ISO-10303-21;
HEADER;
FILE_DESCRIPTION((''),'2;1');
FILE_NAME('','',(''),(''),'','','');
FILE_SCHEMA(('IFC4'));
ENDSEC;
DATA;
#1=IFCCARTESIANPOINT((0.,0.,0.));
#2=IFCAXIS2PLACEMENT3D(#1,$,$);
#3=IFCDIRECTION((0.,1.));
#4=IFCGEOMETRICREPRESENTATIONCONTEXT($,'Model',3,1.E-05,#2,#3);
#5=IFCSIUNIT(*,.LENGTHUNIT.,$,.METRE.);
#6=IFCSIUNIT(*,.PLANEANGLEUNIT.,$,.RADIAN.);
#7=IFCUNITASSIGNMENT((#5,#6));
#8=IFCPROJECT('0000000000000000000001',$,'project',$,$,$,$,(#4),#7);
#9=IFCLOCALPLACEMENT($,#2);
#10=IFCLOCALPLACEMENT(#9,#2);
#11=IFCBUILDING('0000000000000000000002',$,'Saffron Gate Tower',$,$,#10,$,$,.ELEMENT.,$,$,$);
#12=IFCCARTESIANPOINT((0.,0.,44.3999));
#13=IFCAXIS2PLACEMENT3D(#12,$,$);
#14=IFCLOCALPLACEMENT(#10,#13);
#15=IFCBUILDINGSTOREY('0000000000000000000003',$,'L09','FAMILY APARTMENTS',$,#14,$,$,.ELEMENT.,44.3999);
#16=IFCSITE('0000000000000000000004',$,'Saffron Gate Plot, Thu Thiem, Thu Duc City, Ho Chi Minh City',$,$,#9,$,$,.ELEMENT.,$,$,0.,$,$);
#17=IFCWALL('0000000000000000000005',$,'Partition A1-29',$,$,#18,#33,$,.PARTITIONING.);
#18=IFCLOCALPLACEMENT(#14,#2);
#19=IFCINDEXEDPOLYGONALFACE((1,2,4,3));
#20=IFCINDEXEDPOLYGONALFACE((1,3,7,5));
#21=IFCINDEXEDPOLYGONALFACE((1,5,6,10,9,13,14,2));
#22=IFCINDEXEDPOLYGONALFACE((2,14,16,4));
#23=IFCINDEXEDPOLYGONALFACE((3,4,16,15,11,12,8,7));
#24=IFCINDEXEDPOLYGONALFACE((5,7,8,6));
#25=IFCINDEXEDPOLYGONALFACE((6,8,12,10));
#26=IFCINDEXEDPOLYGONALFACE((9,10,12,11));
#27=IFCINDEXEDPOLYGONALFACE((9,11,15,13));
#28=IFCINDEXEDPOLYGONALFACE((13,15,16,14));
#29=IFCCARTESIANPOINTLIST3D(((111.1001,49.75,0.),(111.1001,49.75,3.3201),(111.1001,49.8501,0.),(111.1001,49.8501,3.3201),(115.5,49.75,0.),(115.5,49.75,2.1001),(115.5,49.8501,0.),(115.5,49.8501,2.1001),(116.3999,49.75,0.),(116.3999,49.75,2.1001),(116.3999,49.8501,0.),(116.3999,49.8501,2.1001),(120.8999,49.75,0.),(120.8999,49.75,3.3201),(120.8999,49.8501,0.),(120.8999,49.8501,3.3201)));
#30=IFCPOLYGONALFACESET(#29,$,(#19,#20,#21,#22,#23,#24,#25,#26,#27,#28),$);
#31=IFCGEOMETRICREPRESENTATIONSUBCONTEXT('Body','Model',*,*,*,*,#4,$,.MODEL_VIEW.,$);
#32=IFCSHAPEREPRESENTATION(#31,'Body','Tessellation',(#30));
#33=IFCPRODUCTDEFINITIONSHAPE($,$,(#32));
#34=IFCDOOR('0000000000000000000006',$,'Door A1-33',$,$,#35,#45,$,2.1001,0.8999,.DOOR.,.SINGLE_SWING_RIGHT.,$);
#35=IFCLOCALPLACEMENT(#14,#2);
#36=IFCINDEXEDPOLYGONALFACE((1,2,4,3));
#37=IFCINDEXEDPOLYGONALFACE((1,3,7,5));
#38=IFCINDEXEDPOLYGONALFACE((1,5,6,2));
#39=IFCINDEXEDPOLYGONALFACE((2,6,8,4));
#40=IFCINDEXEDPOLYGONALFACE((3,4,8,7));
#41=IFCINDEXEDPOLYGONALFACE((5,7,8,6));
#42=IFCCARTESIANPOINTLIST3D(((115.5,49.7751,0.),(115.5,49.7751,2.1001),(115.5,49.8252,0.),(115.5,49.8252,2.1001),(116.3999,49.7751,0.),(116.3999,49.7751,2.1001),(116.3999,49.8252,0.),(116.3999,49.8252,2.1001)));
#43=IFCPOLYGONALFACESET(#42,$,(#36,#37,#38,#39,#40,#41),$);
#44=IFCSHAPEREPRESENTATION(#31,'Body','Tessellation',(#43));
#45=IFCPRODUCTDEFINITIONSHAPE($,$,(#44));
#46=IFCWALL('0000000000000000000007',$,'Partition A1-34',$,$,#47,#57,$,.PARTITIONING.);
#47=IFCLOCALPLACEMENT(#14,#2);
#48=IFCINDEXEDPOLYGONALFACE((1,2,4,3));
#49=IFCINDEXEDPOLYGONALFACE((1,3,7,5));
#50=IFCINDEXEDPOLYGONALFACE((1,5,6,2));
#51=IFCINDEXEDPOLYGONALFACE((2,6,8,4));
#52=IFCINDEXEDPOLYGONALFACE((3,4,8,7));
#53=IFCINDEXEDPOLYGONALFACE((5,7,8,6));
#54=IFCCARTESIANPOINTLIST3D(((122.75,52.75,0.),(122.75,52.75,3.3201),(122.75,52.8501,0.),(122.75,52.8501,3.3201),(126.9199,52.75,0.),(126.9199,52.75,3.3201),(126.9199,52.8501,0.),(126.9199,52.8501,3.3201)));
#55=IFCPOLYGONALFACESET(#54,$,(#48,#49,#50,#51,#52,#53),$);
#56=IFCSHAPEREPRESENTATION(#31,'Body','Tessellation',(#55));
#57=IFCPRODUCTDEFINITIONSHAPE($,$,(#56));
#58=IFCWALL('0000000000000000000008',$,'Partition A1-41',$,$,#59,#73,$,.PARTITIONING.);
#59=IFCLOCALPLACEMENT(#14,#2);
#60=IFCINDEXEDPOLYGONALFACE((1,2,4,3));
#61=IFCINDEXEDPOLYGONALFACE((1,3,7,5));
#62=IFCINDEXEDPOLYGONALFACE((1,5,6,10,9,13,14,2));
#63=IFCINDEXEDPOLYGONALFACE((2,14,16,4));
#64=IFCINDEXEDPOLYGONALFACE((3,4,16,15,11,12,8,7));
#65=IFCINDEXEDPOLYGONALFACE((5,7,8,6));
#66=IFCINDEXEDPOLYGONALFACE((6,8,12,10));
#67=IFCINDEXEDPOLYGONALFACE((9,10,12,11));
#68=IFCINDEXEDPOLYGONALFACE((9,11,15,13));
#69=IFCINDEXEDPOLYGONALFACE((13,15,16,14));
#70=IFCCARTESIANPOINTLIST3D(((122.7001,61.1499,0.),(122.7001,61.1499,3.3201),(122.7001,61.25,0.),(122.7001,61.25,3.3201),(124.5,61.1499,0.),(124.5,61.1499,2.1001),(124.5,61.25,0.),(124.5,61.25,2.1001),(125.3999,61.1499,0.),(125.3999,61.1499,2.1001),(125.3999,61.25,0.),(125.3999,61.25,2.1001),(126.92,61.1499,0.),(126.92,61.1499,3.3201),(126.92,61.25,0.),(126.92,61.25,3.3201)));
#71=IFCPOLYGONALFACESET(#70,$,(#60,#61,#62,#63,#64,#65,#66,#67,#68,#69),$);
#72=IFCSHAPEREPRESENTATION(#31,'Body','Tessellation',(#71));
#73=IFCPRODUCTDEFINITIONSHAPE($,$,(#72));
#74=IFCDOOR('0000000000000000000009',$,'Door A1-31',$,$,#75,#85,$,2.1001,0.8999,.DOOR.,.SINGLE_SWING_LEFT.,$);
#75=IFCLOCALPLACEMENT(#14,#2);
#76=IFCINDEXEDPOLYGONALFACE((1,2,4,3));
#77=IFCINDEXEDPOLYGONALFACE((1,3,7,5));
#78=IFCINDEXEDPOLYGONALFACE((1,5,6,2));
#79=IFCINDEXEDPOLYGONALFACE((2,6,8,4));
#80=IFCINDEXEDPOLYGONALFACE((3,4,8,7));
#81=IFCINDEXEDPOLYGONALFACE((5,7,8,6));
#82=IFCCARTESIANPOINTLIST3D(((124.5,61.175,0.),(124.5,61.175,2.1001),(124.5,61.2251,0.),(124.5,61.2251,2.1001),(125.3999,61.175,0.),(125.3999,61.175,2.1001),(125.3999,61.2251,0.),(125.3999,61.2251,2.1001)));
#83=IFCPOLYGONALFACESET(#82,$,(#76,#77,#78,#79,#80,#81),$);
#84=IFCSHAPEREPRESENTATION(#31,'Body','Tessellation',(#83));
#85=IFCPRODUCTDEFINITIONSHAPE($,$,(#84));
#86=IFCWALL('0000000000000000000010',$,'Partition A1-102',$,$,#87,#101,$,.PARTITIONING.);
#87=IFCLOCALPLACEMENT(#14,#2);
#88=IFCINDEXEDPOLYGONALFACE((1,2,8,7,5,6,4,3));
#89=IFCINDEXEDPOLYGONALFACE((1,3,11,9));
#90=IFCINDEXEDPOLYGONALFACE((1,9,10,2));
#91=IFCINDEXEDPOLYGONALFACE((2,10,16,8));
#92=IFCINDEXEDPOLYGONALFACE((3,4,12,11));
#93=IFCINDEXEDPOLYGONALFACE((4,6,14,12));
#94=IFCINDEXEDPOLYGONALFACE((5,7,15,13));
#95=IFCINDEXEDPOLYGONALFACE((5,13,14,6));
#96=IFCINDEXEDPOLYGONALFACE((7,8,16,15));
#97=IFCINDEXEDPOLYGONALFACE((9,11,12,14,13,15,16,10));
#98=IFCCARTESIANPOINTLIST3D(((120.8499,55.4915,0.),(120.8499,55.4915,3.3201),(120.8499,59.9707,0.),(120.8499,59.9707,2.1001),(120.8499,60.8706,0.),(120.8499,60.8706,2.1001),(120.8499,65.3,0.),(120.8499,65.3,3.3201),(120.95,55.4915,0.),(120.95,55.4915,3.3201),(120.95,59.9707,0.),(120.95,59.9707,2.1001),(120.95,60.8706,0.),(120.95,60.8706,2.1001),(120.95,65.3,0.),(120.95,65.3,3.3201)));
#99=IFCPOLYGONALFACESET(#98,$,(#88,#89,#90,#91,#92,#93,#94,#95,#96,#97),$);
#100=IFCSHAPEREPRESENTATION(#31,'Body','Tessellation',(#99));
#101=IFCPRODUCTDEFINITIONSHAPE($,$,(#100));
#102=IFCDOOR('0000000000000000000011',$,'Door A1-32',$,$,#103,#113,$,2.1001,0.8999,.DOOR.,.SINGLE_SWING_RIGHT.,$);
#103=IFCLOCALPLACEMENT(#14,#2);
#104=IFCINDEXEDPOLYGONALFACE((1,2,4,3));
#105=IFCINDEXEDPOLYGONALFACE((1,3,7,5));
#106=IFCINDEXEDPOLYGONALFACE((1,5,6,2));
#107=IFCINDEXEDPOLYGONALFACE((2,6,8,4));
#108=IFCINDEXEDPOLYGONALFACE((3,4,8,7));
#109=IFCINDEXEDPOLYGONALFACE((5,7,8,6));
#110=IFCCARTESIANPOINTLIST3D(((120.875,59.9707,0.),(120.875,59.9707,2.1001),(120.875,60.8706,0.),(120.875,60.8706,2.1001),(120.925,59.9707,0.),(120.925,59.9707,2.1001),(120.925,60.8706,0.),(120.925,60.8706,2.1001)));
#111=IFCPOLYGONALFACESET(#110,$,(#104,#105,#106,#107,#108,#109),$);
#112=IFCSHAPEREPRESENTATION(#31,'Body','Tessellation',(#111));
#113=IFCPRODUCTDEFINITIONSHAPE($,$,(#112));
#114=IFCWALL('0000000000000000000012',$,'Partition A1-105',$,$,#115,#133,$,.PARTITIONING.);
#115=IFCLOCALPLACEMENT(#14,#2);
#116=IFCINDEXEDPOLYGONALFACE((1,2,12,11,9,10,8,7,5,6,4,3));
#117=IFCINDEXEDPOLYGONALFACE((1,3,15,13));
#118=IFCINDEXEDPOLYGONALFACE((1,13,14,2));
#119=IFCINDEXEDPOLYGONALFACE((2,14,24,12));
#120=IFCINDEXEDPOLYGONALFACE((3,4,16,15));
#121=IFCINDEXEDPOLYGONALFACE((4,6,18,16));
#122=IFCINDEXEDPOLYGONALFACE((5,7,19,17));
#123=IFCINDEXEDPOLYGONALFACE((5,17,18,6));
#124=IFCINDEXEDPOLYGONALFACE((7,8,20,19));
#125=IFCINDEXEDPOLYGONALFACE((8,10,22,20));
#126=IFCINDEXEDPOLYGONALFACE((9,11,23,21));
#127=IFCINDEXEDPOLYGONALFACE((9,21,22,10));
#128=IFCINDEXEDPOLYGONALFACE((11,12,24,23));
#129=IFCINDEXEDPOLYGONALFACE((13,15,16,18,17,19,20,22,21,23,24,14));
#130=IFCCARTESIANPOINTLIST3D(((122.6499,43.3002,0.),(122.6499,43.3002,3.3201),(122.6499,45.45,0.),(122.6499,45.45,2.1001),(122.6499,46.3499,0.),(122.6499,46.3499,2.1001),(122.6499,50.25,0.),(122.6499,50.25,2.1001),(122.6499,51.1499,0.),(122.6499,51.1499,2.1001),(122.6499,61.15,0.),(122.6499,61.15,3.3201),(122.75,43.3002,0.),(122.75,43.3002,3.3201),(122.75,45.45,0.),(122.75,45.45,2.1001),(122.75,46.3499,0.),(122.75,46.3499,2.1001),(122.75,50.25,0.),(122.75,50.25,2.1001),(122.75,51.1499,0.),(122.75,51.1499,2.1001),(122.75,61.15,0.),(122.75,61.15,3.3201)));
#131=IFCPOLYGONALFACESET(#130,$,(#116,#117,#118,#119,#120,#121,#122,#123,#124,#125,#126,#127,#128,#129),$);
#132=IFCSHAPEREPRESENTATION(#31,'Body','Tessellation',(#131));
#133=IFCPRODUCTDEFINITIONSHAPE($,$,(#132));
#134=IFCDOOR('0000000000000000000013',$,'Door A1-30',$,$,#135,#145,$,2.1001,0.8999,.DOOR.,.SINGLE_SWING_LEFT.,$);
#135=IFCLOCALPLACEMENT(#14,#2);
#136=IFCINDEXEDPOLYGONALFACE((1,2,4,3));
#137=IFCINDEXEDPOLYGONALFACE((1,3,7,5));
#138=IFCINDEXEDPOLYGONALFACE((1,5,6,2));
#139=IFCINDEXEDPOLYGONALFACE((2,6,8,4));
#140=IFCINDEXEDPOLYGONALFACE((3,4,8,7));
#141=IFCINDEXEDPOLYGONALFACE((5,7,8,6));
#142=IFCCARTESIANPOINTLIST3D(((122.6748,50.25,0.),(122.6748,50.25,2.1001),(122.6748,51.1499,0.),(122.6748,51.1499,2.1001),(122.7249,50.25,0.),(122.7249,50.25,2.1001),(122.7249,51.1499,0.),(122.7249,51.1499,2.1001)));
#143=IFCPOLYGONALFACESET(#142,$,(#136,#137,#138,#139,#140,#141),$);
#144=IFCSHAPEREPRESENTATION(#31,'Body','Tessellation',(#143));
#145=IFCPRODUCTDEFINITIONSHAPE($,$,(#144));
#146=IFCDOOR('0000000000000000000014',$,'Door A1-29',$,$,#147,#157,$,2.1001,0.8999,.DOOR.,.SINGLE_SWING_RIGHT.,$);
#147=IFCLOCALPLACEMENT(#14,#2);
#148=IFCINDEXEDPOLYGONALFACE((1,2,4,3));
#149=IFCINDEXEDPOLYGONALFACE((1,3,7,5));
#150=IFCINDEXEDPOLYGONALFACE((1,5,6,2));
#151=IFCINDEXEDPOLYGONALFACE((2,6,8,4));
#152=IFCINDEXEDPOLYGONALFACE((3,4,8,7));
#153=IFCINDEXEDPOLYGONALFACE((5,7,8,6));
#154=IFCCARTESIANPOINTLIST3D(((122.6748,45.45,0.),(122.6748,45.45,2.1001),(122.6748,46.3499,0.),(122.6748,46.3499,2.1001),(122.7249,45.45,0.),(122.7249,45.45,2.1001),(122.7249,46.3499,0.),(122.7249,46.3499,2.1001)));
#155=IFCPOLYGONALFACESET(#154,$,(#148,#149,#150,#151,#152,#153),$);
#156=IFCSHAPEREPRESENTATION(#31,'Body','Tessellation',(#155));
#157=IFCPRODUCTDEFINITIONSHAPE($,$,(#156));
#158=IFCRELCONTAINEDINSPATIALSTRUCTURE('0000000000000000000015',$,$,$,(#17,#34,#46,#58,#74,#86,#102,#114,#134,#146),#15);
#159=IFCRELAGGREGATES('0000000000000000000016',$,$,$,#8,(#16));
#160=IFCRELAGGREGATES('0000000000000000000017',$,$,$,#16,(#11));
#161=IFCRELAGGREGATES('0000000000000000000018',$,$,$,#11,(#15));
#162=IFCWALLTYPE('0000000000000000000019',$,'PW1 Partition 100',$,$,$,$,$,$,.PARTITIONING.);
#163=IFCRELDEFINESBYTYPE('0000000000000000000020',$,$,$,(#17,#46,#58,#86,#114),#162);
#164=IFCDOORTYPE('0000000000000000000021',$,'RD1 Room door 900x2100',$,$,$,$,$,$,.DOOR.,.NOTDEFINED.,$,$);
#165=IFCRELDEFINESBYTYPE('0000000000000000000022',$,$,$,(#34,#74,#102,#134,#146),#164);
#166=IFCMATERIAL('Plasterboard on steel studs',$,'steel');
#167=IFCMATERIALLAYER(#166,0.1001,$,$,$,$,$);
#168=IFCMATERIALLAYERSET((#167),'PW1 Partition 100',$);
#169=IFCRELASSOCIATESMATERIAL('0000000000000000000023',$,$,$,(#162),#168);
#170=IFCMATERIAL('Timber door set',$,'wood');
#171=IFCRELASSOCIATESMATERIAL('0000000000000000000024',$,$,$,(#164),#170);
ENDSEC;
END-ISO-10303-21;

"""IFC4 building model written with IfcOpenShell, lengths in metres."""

from ifc_helpers import new_model, si_unit, direction, frame, frame_2d, origin, place, context, subcontext, project, spatial, rectangle, extrude, material, layer, layer_set, type_object, element, fill, save


model = new_model("IFC4")

# Units and contexts
model_context = context("Model", 3, precision=1e-05, world=origin(), true_north=direction((0.0, 1.0)))
body_context = subcontext(model_context, "Body", "Model", "MODEL_VIEW")
ifc_project = project(units=[si_unit("LENGTHUNIT", "METRE"), si_unit("PLANEANGLEUNIT", "RADIAN")], contexts=[model_context])

# Site, building, storey
site_placement = place(None, origin())
site = spatial("IfcSite", under=ifc_project, at=site_placement, Name="Saffron Gate Plot, Thu Thiem, Thu Duc City, Ho Chi Minh City", CompositionType="ELEMENT", RefElevation=0.0)
building_placement = place(site_placement, origin())
building = spatial("IfcBuilding", under=site, at=building_placement, Name="Saffron Gate Tower", CompositionType="ELEMENT")
storey_placement = place(building_placement, frame((0.0, 0.0, 44.3999)))
storey = spatial("IfcBuildingStorey", under=building, at=storey_placement, Name="L09", Description="FAMILY APARTMENTS", CompositionType="ELEMENT", Elevation=44.3999)

# Shared definitions
ifc_material_1 = material(Name="Plasterboard on steel studs", Category="steel")
ifc_layer = layer(ifc_material_1, 0.1001)
ifc_layer_set = layer_set([ifc_layer], Name="PW1 Partition 100")
wall_type = type_object("IfcWallType", Name="PW1 Partition 100", PredefinedType="PARTITIONING", material=ifc_layer_set)

# Wall, opening, door
wall_1_placement = place(storey_placement, frame((120.8999, 49.8, 0.0), z_axis=(0.0, 0.0, 1.0), x_axis=(-1.0, 0.0, 0.0)))
wall_1 = element("IfcWall", 1, at=wall_1_placement, inside=storey, type_object=wall_type, Name="Partition A1-29", PredefinedType="PARTITIONING", context=body_context, shape_type="SweptSolid", body=[
    extrude(rectangle(XDim=9.7998, YDim=0.1001, at=frame_2d((4.8999, 0.0))), origin(), (0.0, 0.0, 1.0), 3.3201),
])
opening_1_placement = place(wall_1_placement, frame((4.5, 0.0, 0.0)))
opening_1 = element("IfcOpeningElement", 2, at=opening_1_placement, cuts=wall_1, PredefinedType="OPENING", context=body_context, shape_type="SweptSolid", body=[
    extrude(rectangle(XDim=0.8999, YDim=2.1001, at=frame_2d((0.45, 1.05))), frame((0.0, 0.0601, 0.0), z_axis=(0.0, -1.0, 0.0), x_axis=(1.0, 0.0, 0.0)), (0.0, 0.0, 1.0), 0.1201),
])
ifc_material_2 = material(Name="Timber door set", Category="wood")
door_type = type_object("IfcDoorType", Name="RD1 Room door 900x2100", OperationType="NOTDEFINED", PredefinedType="DOOR", material=ifc_material_2)
door_1_placement = place(opening_1_placement, origin())
door_1 = element("IfcDoor", 3, at=door_1_placement, inside=storey, type_object=door_type, Name="Door A1-33", OperationType="SINGLE_SWING_RIGHT", OverallHeight=2.1001, OverallWidth=0.8999, PredefinedType="DOOR", context=body_context, shape_type="SweptSolid", body=[
    extrude(rectangle(XDim=0.8999, YDim=2.1001, at=frame_2d((0.45, 1.05))), frame((0.0, 0.0249, 0.0), z_axis=(0.0, -1.0, 0.0), x_axis=(1.0, 0.0, 0.0)), (0.0, 0.0, 1.0), 0.05),
])
fill(opening_1, door_1)

# Wall
wall_2_placement = place(storey_placement, frame((122.75, 52.8, 0.0), z_axis=(0.0, 0.0, 1.0), x_axis=(1.0, 0.0, 0.0)))
element("IfcWall", 4, at=wall_2_placement, inside=storey, type_object=wall_type, Name="Partition A1-34", PredefinedType="PARTITIONING", context=body_context, shape_type="SweptSolid", body=[
    extrude(rectangle(XDim=4.1699, YDim=0.1001, at=frame_2d((2.085, 0.0))), origin(), (0.0, 0.0, 1.0), 3.3201),
])

# Walls, openings, doors
wall_3_placement = place(storey_placement, frame((126.9199, 61.2, 0.0), z_axis=(0.0, 0.0, 1.0), x_axis=(-1.0, 0.0, 0.0)))
wall_3 = element("IfcWall", 5, at=wall_3_placement, inside=storey, type_object=wall_type, Name="Partition A1-41", PredefinedType="PARTITIONING", context=body_context, shape_type="SweptSolid", body=[
    extrude(rectangle(XDim=4.22, YDim=0.1001, at=frame_2d((2.1099, 0.0))), origin(), (0.0, 0.0, 1.0), 3.3201),
])
opening_2_placement = place(wall_3_placement, frame((1.52, 0.0, 0.0)))
opening_2 = element("IfcOpeningElement", 6, at=opening_2_placement, cuts=wall_3, PredefinedType="OPENING", context=body_context, shape_type="SweptSolid", body=[
    extrude(rectangle(XDim=0.8999, YDim=2.1001, at=frame_2d((0.45, 1.05))), frame((0.0, 0.0601, 0.0), z_axis=(0.0, -1.0, 0.0), x_axis=(1.0, 0.0, 0.0)), (0.0, 0.0, 1.0), 0.1201),
])
door_2_placement = place(opening_2_placement, origin())
door_2 = element("IfcDoor", 7, at=door_2_placement, inside=storey, type_object=door_type, Name="Door A1-31", OperationType="SINGLE_SWING_LEFT", OverallHeight=2.1001, OverallWidth=0.8999, PredefinedType="DOOR", context=body_context, shape_type="SweptSolid", body=[
    extrude(rectangle(XDim=0.8999, YDim=2.1001, at=frame_2d((0.45, 1.05))), frame((0.0, 0.0249, 0.0), z_axis=(0.0, -1.0, 0.0), x_axis=(1.0, 0.0, 0.0)), (0.0, 0.0, 1.0), 0.05),
])
fill(opening_2, door_2)
wall_4_placement = place(storey_placement, frame((120.8999, 55.4915, 0.0), z_axis=(0.0, 0.0, 1.0), x_axis=(0.0, 1.0, 0.0)))
wall_4 = element("IfcWall", 8, at=wall_4_placement, inside=storey, type_object=wall_type, Name="Partition A1-102", PredefinedType="PARTITIONING", context=body_context, shape_type="SweptSolid", body=[
    extrude(rectangle(XDim=9.8086, YDim=0.1001, at=frame_2d((4.9043, 0.0))), origin(), (0.0, 0.0, 1.0), 3.3201),
])
opening_3_placement = place(wall_4_placement, frame((4.4792, 0.0, 0.0)))
opening_3 = element("IfcOpeningElement", 9, at=opening_3_placement, cuts=wall_4, PredefinedType="OPENING", context=body_context, shape_type="SweptSolid", body=[
    extrude(rectangle(XDim=0.8999, YDim=2.1001, at=frame_2d((0.45, 1.05))), frame((0.0, 0.0601, 0.0), z_axis=(0.0, -1.0, 0.0), x_axis=(1.0, 0.0, 0.0)), (0.0, 0.0, 1.0), 0.1201),
])
door_3_placement = place(opening_3_placement, origin())
door_3 = element("IfcDoor", 10, at=door_3_placement, inside=storey, type_object=door_type, Name="Door A1-32", OperationType="SINGLE_SWING_RIGHT", OverallHeight=2.1001, OverallWidth=0.8999, PredefinedType="DOOR", context=body_context, shape_type="SweptSolid", body=[
    extrude(rectangle(XDim=0.8999, YDim=2.1001, at=frame_2d((0.45, 1.05))), frame((0.0, 0.0249, 0.0), z_axis=(0.0, -1.0, 0.0), x_axis=(1.0, 0.0, 0.0)), (0.0, 0.0, 1.0), 0.05),
])
fill(opening_3, door_3)

# Wall, openings, doors
wall_5_placement = place(storey_placement, frame((122.7, 61.1499, 0.0), z_axis=(0.0, 0.0, 1.0), x_axis=(0.0, -1.0, 0.0)))
wall_5 = element("IfcWall", 11, at=wall_5_placement, inside=storey, type_object=wall_type, Name="Partition A1-105", PredefinedType="PARTITIONING", context=body_context, shape_type="SweptSolid", body=[
    extrude(rectangle(XDim=17.8499, YDim=0.1001, at=frame_2d((8.9248, 0.0))), origin(), (0.0, 0.0, 1.0), 3.3201),
])
opening_4_placement = place(wall_5_placement, frame((10.0, 0.0, 0.0)))
opening_4 = element("IfcOpeningElement", 12, at=opening_4_placement, cuts=wall_5, PredefinedType="OPENING", context=body_context, shape_type="SweptSolid", body=[
    extrude(rectangle(XDim=0.8999, YDim=2.1001, at=frame_2d((0.45, 1.05))), frame((0.0, 0.0601, 0.0), z_axis=(0.0, -1.0, 0.0), x_axis=(1.0, 0.0, 0.0)), (0.0, 0.0, 1.0), 0.1201),
])
opening_5_placement = place(wall_5_placement, frame((14.8, 0.0, 0.0)))
opening_5 = element("IfcOpeningElement", 13, at=opening_5_placement, cuts=wall_5, PredefinedType="OPENING", context=body_context, shape_type="SweptSolid", body=[
    extrude(rectangle(XDim=0.8999, YDim=2.1001, at=frame_2d((0.45, 1.05))), frame((0.0, 0.0601, 0.0), z_axis=(0.0, -1.0, 0.0), x_axis=(1.0, 0.0, 0.0)), (0.0, 0.0, 1.0), 0.1201),
])
door_4_placement = place(opening_4_placement, origin())
door_4 = element("IfcDoor", 14, at=door_4_placement, inside=storey, type_object=door_type, Name="Door A1-30", OperationType="SINGLE_SWING_LEFT", OverallHeight=2.1001, OverallWidth=0.8999, PredefinedType="DOOR", context=body_context, shape_type="SweptSolid", body=[
    extrude(rectangle(XDim=0.8999, YDim=2.1001, at=frame_2d((0.45, 1.05))), frame((0.0, 0.0249, 0.0), z_axis=(0.0, -1.0, 0.0), x_axis=(1.0, 0.0, 0.0)), (0.0, 0.0, 1.0), 0.05),
])
fill(opening_4, door_4)
door_5_placement = place(opening_5_placement, origin())
door_5 = element("IfcDoor", 15, at=door_5_placement, inside=storey, type_object=door_type, Name="Door A1-29", OperationType="SINGLE_SWING_RIGHT", OverallHeight=2.1001, OverallWidth=0.8999, PredefinedType="DOOR", context=body_context, shape_type="SweptSolid", body=[
    extrude(rectangle(XDim=0.8999, YDim=2.1001, at=frame_2d((0.45, 1.05))), frame((0.0, 0.0249, 0.0), z_axis=(0.0, -1.0, 0.0), x_axis=(1.0, 0.0, 0.0)), (0.0, 0.0, 1.0), 0.05),
])
fill(opening_5, door_5)

save(model, "model.ifc")
